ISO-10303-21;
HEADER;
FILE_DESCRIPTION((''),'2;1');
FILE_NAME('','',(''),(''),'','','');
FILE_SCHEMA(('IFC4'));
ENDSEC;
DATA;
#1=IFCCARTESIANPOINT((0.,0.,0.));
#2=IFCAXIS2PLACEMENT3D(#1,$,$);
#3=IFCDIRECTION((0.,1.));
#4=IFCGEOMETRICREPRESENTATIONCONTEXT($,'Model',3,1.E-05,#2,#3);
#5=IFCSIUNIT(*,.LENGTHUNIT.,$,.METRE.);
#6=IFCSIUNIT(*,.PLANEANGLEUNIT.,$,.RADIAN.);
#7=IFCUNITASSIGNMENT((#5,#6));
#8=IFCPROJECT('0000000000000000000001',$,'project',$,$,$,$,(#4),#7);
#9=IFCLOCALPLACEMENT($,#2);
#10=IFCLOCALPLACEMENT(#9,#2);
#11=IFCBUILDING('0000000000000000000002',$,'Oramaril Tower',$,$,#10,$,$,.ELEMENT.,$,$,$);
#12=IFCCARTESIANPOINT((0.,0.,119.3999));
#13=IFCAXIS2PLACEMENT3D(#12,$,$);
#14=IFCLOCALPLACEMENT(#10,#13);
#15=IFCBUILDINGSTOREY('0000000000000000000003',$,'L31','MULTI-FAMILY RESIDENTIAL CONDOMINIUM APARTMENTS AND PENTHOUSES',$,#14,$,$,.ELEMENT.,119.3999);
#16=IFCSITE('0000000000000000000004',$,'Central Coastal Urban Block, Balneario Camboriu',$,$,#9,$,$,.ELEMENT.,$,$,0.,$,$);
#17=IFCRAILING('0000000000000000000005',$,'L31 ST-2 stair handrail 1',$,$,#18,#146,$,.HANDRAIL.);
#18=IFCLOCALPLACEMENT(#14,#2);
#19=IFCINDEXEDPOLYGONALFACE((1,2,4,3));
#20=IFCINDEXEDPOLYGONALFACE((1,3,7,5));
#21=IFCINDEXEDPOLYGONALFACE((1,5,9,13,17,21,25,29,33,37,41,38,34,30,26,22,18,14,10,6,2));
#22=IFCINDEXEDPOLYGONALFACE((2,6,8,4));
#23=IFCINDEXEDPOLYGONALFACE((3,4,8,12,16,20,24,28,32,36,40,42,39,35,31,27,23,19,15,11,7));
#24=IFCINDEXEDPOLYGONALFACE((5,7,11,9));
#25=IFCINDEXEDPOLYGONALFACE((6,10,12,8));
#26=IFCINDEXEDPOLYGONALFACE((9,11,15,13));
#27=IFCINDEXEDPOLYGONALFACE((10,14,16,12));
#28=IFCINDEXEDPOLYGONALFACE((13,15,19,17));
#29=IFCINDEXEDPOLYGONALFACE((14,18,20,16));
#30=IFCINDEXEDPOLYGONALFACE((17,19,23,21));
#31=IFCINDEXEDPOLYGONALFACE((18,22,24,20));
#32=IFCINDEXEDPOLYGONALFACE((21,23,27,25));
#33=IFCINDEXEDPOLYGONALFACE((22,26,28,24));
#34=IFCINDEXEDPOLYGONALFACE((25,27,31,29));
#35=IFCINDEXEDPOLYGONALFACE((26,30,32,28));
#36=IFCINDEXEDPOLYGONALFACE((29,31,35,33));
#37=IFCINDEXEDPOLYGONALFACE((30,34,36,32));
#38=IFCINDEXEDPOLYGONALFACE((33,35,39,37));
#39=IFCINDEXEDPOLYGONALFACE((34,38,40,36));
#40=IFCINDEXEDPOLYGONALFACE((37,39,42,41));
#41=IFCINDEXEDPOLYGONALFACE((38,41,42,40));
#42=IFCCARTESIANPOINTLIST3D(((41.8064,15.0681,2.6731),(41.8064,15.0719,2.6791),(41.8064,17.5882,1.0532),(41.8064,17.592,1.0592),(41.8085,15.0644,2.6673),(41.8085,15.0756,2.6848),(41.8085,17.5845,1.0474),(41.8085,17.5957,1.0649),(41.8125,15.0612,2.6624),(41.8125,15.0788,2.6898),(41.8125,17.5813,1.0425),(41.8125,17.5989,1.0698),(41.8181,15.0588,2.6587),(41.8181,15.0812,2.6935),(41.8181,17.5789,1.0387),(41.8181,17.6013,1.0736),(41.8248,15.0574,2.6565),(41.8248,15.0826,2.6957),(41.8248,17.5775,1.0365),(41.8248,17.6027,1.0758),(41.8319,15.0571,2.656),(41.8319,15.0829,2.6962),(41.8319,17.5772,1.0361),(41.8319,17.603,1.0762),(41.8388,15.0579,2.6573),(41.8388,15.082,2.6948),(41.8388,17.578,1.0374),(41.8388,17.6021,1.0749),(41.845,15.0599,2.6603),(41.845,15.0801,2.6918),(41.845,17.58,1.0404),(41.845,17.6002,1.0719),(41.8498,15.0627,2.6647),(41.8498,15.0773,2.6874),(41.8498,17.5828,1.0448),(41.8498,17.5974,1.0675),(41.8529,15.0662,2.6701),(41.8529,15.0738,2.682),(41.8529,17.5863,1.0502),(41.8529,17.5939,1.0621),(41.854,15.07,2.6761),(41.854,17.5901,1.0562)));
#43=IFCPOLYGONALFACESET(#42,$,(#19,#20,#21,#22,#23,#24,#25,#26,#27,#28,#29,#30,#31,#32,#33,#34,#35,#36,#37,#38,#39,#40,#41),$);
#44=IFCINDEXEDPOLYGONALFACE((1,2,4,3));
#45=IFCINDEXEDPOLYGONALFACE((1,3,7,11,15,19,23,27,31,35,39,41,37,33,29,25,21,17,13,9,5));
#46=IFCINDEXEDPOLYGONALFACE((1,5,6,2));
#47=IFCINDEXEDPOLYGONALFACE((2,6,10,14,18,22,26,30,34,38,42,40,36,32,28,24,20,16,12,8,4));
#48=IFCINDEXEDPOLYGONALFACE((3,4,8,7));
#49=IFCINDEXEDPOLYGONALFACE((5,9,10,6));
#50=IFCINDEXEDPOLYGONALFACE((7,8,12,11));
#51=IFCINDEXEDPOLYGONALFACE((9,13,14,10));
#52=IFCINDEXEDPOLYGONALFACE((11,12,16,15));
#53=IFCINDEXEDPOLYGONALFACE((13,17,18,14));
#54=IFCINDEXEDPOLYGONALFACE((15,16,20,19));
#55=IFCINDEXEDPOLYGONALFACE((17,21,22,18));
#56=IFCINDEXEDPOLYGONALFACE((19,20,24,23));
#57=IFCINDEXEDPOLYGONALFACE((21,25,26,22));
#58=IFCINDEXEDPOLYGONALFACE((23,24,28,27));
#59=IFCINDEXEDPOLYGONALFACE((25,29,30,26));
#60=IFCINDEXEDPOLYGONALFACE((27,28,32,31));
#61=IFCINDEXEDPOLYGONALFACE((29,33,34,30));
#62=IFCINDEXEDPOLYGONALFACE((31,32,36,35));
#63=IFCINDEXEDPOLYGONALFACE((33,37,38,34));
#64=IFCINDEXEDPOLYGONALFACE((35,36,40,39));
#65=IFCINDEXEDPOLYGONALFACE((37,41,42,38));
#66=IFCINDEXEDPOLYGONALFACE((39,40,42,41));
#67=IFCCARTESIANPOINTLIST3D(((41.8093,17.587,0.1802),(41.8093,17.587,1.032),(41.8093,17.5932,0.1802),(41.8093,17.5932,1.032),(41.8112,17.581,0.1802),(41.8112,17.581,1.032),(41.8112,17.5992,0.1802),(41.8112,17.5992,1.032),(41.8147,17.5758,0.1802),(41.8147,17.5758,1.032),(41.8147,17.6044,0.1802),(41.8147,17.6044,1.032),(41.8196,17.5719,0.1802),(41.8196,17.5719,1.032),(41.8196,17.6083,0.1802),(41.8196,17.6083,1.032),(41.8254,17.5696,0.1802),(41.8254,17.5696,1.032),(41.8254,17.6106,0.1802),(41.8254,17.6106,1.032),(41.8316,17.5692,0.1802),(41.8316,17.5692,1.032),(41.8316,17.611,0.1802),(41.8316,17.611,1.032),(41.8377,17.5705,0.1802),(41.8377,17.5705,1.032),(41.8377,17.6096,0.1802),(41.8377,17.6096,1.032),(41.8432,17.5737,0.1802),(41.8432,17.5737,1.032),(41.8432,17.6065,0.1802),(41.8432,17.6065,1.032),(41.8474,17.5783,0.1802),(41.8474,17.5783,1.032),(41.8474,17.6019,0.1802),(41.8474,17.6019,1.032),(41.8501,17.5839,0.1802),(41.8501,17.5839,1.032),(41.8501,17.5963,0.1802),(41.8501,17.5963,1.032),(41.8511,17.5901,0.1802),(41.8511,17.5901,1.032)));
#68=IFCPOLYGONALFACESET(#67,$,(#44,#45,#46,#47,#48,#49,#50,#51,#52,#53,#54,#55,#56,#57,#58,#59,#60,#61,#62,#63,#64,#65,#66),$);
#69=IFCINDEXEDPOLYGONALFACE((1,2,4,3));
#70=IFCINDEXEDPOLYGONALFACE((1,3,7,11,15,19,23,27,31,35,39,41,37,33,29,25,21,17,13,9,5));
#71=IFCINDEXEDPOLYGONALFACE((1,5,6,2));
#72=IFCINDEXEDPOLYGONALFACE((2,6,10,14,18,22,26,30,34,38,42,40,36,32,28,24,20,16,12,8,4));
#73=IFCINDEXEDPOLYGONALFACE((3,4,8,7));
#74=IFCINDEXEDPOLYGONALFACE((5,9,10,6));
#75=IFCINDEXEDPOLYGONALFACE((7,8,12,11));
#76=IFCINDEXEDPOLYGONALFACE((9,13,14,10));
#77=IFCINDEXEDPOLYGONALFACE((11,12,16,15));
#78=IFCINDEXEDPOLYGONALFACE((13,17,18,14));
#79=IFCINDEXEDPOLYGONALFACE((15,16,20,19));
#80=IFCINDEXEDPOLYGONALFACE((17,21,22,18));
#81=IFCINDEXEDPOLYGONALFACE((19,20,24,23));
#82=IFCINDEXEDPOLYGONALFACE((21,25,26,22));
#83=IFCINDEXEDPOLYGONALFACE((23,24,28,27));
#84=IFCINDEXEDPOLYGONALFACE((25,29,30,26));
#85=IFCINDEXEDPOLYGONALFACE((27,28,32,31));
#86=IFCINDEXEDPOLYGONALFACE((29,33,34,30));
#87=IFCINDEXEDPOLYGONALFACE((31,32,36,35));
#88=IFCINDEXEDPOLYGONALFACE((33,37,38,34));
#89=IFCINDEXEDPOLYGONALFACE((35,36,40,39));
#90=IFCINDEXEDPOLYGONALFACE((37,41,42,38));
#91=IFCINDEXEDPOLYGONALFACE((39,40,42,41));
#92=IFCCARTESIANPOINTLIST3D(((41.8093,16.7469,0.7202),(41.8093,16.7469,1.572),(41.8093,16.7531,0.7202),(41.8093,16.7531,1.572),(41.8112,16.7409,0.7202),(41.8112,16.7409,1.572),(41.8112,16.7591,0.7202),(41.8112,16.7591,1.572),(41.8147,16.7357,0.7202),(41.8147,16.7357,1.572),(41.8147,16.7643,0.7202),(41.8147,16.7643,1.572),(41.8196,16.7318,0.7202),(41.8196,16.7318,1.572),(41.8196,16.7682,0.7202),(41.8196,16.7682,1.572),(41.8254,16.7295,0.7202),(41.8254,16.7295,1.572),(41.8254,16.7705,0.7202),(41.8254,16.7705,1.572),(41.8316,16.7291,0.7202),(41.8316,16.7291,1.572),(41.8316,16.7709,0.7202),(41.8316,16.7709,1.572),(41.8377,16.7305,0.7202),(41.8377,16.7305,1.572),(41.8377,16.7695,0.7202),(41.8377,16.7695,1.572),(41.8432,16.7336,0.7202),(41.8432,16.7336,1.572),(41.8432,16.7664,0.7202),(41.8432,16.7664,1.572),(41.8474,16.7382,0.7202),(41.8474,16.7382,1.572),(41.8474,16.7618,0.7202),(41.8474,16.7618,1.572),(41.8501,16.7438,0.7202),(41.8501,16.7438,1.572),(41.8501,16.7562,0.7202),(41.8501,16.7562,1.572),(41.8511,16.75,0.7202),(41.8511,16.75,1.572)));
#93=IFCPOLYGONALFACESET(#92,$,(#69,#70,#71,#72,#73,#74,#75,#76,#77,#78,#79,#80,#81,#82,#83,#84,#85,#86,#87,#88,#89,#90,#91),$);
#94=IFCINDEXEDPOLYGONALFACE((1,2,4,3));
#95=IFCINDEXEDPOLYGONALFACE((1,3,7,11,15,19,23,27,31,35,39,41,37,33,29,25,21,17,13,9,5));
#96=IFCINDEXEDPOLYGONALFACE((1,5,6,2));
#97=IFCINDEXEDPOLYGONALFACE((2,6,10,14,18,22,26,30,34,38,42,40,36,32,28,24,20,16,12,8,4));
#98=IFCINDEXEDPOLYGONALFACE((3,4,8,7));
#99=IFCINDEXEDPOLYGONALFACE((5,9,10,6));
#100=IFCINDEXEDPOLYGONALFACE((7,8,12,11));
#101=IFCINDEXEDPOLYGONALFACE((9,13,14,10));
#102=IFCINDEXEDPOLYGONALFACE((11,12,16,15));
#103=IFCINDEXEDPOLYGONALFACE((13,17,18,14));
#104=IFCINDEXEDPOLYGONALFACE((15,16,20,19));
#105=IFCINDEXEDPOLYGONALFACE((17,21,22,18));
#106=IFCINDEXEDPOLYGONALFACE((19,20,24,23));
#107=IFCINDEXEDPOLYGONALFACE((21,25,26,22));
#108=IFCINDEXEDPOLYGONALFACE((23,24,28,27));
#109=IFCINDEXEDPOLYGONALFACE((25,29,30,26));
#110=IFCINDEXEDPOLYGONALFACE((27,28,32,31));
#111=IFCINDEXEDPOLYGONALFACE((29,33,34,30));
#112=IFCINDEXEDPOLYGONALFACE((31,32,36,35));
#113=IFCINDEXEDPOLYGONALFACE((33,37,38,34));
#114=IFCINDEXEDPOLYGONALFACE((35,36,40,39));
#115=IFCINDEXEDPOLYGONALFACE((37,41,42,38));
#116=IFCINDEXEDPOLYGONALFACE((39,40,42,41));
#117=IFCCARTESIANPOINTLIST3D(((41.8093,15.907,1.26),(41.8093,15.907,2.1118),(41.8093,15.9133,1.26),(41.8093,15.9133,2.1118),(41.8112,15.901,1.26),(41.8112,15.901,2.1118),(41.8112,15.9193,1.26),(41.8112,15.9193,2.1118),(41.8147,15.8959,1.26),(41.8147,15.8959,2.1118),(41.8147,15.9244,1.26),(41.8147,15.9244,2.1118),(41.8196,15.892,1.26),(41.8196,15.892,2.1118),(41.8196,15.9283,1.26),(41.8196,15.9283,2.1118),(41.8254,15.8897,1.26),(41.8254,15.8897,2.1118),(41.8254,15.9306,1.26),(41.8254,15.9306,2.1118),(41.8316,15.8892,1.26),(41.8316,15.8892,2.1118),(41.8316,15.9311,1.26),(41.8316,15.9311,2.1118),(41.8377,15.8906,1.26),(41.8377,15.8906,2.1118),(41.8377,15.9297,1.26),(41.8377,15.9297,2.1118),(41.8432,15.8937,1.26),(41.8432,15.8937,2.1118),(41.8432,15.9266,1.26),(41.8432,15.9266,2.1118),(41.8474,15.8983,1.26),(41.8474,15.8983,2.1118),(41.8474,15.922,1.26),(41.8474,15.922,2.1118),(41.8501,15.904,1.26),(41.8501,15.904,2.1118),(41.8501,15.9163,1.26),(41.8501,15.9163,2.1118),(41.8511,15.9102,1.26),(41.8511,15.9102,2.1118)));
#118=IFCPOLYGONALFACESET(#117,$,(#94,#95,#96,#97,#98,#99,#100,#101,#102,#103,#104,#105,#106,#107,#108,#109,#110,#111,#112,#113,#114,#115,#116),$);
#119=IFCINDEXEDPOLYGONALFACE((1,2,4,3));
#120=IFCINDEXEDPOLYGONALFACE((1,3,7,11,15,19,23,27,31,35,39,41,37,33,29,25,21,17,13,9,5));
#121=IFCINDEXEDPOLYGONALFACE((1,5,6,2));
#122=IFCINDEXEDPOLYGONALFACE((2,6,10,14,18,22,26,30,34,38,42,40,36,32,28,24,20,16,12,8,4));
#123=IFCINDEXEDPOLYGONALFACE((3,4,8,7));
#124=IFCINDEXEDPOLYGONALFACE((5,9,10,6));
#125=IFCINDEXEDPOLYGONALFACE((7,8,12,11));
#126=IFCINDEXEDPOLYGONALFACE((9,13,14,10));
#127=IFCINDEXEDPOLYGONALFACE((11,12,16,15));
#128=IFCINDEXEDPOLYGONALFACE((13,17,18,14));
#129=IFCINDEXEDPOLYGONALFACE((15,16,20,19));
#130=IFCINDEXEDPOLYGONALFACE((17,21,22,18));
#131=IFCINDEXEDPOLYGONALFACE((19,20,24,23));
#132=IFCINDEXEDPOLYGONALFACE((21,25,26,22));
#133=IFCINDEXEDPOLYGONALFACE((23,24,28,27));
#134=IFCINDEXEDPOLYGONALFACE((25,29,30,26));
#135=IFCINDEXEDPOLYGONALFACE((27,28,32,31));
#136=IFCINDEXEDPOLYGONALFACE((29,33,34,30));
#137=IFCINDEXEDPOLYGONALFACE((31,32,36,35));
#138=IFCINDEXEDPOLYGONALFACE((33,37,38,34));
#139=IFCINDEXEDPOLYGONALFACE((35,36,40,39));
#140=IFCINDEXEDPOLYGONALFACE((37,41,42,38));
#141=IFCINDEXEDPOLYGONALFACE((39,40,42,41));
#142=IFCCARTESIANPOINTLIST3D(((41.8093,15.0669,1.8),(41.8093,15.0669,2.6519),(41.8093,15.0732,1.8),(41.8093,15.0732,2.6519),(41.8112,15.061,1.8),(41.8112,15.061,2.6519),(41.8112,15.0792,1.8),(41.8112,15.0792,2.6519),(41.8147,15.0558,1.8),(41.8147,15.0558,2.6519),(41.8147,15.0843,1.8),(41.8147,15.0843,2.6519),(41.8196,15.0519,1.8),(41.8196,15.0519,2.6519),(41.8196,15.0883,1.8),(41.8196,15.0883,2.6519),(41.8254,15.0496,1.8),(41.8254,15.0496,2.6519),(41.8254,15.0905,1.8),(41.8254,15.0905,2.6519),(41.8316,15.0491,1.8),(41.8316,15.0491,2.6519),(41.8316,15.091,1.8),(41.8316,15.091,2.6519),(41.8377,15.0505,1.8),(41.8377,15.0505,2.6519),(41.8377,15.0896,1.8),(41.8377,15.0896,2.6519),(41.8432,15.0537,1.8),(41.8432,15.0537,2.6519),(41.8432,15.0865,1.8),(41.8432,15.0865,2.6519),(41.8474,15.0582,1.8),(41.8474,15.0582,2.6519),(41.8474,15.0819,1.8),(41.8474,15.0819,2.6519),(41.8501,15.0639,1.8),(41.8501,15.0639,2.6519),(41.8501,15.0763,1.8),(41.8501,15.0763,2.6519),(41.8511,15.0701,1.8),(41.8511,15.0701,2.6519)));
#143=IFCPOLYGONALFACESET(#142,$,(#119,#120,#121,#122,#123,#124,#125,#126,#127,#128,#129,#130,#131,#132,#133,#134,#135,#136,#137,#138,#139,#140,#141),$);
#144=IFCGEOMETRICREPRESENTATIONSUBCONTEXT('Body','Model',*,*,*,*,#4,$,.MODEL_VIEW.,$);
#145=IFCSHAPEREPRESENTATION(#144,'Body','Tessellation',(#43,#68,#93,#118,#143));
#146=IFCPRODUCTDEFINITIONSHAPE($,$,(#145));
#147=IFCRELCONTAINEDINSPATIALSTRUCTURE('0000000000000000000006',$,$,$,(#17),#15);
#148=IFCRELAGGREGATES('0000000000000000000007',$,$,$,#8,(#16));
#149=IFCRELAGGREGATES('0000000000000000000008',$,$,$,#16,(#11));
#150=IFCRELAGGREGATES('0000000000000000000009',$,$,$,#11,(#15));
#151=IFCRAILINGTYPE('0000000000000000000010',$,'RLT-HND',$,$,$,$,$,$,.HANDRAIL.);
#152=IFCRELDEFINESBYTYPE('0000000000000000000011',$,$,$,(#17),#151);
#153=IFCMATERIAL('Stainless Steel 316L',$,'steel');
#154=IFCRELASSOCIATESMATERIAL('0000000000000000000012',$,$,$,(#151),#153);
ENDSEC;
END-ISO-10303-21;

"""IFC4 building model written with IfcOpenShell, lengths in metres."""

from ifc_helpers import new_model, si_unit, direction, frame, origin, origin_2d, place, context, subcontext, project, spatial, circle, extrude, material, type_object, element, save


model = new_model("IFC4")

# Units and contexts
model_context = context("Model", 3, precision=1e-05, world=origin(), true_north=direction((0.0, 1.0)))
body_context = subcontext(model_context, "Body", "Model", "MODEL_VIEW")
ifc_project = project(units=[si_unit("LENGTHUNIT", "METRE"), si_unit("PLANEANGLEUNIT", "RADIAN")], contexts=[model_context])

# Site, building, storey
site_placement = place(None, origin())
site = spatial("IfcSite", under=ifc_project, at=site_placement, Name="Central Coastal Urban Block, Balneario Camboriu", CompositionType="ELEMENT", RefElevation=0.0)
building_placement = place(site_placement, origin())
building = spatial("IfcBuilding", under=site, at=building_placement, Name="Oramaril Tower", CompositionType="ELEMENT")
storey_placement = place(building_placement, frame((0.0, 0.0, 119.3999)))
storey = spatial("IfcBuildingStorey", under=building, at=storey_placement, Name="L31", Description="MULTI-FAMILY RESIDENTIAL CONDOMINIUM APARTMENTS AND PENTHOUSES", CompositionType="ELEMENT", Elevation=119.3999)

# Railing
ifc_material_1 = material(Name="Stainless Steel 316L", Category="steel")
railing_type_1 = type_object("IfcRailingType", Name="RLT-HND", PredefinedType="HANDRAIL", material=ifc_material_1)
railing_1_placement = place(storey_placement, frame((41.8301, 17.5901, 0.1802)))
element("IfcRailing", 1, at=railing_1_placement, inside=storey, type_object=railing_type_1, Name="L31 ST-2 stair handrail 1", PredefinedType="HANDRAIL", context=body_context, shape_type="SweptSolid", body=[
    extrude(circle(Radius=0.0239, at=origin_2d()), frame((0.0, 0.0, 0.876), z_axis=(0.0, -0.8412, 0.540725), x_axis=(1.0, 0.0, 0.0)), (0.0, 0.0, 1.0), 2.9958),
    extrude(circle(Radius=0.021, at=origin_2d()), origin(), (0.0, 0.0, 1.0), 0.8518),
    extrude(circle(Radius=0.021, at=origin_2d()), frame((0.0, -0.8401, 0.54)), (0.0, 0.0, 1.0), 0.8518),
    extrude(circle(Radius=0.021, at=origin_2d()), frame((0.0, -1.6799, 1.0798)), (0.0, 0.0, 1.0), 0.8518),
    extrude(circle(Radius=0.021, at=origin_2d()), frame((0.0, -2.52, 1.6199)), (0.0, 0.0, 1.0), 0.8518),
])

save(model, "model.ifc")
